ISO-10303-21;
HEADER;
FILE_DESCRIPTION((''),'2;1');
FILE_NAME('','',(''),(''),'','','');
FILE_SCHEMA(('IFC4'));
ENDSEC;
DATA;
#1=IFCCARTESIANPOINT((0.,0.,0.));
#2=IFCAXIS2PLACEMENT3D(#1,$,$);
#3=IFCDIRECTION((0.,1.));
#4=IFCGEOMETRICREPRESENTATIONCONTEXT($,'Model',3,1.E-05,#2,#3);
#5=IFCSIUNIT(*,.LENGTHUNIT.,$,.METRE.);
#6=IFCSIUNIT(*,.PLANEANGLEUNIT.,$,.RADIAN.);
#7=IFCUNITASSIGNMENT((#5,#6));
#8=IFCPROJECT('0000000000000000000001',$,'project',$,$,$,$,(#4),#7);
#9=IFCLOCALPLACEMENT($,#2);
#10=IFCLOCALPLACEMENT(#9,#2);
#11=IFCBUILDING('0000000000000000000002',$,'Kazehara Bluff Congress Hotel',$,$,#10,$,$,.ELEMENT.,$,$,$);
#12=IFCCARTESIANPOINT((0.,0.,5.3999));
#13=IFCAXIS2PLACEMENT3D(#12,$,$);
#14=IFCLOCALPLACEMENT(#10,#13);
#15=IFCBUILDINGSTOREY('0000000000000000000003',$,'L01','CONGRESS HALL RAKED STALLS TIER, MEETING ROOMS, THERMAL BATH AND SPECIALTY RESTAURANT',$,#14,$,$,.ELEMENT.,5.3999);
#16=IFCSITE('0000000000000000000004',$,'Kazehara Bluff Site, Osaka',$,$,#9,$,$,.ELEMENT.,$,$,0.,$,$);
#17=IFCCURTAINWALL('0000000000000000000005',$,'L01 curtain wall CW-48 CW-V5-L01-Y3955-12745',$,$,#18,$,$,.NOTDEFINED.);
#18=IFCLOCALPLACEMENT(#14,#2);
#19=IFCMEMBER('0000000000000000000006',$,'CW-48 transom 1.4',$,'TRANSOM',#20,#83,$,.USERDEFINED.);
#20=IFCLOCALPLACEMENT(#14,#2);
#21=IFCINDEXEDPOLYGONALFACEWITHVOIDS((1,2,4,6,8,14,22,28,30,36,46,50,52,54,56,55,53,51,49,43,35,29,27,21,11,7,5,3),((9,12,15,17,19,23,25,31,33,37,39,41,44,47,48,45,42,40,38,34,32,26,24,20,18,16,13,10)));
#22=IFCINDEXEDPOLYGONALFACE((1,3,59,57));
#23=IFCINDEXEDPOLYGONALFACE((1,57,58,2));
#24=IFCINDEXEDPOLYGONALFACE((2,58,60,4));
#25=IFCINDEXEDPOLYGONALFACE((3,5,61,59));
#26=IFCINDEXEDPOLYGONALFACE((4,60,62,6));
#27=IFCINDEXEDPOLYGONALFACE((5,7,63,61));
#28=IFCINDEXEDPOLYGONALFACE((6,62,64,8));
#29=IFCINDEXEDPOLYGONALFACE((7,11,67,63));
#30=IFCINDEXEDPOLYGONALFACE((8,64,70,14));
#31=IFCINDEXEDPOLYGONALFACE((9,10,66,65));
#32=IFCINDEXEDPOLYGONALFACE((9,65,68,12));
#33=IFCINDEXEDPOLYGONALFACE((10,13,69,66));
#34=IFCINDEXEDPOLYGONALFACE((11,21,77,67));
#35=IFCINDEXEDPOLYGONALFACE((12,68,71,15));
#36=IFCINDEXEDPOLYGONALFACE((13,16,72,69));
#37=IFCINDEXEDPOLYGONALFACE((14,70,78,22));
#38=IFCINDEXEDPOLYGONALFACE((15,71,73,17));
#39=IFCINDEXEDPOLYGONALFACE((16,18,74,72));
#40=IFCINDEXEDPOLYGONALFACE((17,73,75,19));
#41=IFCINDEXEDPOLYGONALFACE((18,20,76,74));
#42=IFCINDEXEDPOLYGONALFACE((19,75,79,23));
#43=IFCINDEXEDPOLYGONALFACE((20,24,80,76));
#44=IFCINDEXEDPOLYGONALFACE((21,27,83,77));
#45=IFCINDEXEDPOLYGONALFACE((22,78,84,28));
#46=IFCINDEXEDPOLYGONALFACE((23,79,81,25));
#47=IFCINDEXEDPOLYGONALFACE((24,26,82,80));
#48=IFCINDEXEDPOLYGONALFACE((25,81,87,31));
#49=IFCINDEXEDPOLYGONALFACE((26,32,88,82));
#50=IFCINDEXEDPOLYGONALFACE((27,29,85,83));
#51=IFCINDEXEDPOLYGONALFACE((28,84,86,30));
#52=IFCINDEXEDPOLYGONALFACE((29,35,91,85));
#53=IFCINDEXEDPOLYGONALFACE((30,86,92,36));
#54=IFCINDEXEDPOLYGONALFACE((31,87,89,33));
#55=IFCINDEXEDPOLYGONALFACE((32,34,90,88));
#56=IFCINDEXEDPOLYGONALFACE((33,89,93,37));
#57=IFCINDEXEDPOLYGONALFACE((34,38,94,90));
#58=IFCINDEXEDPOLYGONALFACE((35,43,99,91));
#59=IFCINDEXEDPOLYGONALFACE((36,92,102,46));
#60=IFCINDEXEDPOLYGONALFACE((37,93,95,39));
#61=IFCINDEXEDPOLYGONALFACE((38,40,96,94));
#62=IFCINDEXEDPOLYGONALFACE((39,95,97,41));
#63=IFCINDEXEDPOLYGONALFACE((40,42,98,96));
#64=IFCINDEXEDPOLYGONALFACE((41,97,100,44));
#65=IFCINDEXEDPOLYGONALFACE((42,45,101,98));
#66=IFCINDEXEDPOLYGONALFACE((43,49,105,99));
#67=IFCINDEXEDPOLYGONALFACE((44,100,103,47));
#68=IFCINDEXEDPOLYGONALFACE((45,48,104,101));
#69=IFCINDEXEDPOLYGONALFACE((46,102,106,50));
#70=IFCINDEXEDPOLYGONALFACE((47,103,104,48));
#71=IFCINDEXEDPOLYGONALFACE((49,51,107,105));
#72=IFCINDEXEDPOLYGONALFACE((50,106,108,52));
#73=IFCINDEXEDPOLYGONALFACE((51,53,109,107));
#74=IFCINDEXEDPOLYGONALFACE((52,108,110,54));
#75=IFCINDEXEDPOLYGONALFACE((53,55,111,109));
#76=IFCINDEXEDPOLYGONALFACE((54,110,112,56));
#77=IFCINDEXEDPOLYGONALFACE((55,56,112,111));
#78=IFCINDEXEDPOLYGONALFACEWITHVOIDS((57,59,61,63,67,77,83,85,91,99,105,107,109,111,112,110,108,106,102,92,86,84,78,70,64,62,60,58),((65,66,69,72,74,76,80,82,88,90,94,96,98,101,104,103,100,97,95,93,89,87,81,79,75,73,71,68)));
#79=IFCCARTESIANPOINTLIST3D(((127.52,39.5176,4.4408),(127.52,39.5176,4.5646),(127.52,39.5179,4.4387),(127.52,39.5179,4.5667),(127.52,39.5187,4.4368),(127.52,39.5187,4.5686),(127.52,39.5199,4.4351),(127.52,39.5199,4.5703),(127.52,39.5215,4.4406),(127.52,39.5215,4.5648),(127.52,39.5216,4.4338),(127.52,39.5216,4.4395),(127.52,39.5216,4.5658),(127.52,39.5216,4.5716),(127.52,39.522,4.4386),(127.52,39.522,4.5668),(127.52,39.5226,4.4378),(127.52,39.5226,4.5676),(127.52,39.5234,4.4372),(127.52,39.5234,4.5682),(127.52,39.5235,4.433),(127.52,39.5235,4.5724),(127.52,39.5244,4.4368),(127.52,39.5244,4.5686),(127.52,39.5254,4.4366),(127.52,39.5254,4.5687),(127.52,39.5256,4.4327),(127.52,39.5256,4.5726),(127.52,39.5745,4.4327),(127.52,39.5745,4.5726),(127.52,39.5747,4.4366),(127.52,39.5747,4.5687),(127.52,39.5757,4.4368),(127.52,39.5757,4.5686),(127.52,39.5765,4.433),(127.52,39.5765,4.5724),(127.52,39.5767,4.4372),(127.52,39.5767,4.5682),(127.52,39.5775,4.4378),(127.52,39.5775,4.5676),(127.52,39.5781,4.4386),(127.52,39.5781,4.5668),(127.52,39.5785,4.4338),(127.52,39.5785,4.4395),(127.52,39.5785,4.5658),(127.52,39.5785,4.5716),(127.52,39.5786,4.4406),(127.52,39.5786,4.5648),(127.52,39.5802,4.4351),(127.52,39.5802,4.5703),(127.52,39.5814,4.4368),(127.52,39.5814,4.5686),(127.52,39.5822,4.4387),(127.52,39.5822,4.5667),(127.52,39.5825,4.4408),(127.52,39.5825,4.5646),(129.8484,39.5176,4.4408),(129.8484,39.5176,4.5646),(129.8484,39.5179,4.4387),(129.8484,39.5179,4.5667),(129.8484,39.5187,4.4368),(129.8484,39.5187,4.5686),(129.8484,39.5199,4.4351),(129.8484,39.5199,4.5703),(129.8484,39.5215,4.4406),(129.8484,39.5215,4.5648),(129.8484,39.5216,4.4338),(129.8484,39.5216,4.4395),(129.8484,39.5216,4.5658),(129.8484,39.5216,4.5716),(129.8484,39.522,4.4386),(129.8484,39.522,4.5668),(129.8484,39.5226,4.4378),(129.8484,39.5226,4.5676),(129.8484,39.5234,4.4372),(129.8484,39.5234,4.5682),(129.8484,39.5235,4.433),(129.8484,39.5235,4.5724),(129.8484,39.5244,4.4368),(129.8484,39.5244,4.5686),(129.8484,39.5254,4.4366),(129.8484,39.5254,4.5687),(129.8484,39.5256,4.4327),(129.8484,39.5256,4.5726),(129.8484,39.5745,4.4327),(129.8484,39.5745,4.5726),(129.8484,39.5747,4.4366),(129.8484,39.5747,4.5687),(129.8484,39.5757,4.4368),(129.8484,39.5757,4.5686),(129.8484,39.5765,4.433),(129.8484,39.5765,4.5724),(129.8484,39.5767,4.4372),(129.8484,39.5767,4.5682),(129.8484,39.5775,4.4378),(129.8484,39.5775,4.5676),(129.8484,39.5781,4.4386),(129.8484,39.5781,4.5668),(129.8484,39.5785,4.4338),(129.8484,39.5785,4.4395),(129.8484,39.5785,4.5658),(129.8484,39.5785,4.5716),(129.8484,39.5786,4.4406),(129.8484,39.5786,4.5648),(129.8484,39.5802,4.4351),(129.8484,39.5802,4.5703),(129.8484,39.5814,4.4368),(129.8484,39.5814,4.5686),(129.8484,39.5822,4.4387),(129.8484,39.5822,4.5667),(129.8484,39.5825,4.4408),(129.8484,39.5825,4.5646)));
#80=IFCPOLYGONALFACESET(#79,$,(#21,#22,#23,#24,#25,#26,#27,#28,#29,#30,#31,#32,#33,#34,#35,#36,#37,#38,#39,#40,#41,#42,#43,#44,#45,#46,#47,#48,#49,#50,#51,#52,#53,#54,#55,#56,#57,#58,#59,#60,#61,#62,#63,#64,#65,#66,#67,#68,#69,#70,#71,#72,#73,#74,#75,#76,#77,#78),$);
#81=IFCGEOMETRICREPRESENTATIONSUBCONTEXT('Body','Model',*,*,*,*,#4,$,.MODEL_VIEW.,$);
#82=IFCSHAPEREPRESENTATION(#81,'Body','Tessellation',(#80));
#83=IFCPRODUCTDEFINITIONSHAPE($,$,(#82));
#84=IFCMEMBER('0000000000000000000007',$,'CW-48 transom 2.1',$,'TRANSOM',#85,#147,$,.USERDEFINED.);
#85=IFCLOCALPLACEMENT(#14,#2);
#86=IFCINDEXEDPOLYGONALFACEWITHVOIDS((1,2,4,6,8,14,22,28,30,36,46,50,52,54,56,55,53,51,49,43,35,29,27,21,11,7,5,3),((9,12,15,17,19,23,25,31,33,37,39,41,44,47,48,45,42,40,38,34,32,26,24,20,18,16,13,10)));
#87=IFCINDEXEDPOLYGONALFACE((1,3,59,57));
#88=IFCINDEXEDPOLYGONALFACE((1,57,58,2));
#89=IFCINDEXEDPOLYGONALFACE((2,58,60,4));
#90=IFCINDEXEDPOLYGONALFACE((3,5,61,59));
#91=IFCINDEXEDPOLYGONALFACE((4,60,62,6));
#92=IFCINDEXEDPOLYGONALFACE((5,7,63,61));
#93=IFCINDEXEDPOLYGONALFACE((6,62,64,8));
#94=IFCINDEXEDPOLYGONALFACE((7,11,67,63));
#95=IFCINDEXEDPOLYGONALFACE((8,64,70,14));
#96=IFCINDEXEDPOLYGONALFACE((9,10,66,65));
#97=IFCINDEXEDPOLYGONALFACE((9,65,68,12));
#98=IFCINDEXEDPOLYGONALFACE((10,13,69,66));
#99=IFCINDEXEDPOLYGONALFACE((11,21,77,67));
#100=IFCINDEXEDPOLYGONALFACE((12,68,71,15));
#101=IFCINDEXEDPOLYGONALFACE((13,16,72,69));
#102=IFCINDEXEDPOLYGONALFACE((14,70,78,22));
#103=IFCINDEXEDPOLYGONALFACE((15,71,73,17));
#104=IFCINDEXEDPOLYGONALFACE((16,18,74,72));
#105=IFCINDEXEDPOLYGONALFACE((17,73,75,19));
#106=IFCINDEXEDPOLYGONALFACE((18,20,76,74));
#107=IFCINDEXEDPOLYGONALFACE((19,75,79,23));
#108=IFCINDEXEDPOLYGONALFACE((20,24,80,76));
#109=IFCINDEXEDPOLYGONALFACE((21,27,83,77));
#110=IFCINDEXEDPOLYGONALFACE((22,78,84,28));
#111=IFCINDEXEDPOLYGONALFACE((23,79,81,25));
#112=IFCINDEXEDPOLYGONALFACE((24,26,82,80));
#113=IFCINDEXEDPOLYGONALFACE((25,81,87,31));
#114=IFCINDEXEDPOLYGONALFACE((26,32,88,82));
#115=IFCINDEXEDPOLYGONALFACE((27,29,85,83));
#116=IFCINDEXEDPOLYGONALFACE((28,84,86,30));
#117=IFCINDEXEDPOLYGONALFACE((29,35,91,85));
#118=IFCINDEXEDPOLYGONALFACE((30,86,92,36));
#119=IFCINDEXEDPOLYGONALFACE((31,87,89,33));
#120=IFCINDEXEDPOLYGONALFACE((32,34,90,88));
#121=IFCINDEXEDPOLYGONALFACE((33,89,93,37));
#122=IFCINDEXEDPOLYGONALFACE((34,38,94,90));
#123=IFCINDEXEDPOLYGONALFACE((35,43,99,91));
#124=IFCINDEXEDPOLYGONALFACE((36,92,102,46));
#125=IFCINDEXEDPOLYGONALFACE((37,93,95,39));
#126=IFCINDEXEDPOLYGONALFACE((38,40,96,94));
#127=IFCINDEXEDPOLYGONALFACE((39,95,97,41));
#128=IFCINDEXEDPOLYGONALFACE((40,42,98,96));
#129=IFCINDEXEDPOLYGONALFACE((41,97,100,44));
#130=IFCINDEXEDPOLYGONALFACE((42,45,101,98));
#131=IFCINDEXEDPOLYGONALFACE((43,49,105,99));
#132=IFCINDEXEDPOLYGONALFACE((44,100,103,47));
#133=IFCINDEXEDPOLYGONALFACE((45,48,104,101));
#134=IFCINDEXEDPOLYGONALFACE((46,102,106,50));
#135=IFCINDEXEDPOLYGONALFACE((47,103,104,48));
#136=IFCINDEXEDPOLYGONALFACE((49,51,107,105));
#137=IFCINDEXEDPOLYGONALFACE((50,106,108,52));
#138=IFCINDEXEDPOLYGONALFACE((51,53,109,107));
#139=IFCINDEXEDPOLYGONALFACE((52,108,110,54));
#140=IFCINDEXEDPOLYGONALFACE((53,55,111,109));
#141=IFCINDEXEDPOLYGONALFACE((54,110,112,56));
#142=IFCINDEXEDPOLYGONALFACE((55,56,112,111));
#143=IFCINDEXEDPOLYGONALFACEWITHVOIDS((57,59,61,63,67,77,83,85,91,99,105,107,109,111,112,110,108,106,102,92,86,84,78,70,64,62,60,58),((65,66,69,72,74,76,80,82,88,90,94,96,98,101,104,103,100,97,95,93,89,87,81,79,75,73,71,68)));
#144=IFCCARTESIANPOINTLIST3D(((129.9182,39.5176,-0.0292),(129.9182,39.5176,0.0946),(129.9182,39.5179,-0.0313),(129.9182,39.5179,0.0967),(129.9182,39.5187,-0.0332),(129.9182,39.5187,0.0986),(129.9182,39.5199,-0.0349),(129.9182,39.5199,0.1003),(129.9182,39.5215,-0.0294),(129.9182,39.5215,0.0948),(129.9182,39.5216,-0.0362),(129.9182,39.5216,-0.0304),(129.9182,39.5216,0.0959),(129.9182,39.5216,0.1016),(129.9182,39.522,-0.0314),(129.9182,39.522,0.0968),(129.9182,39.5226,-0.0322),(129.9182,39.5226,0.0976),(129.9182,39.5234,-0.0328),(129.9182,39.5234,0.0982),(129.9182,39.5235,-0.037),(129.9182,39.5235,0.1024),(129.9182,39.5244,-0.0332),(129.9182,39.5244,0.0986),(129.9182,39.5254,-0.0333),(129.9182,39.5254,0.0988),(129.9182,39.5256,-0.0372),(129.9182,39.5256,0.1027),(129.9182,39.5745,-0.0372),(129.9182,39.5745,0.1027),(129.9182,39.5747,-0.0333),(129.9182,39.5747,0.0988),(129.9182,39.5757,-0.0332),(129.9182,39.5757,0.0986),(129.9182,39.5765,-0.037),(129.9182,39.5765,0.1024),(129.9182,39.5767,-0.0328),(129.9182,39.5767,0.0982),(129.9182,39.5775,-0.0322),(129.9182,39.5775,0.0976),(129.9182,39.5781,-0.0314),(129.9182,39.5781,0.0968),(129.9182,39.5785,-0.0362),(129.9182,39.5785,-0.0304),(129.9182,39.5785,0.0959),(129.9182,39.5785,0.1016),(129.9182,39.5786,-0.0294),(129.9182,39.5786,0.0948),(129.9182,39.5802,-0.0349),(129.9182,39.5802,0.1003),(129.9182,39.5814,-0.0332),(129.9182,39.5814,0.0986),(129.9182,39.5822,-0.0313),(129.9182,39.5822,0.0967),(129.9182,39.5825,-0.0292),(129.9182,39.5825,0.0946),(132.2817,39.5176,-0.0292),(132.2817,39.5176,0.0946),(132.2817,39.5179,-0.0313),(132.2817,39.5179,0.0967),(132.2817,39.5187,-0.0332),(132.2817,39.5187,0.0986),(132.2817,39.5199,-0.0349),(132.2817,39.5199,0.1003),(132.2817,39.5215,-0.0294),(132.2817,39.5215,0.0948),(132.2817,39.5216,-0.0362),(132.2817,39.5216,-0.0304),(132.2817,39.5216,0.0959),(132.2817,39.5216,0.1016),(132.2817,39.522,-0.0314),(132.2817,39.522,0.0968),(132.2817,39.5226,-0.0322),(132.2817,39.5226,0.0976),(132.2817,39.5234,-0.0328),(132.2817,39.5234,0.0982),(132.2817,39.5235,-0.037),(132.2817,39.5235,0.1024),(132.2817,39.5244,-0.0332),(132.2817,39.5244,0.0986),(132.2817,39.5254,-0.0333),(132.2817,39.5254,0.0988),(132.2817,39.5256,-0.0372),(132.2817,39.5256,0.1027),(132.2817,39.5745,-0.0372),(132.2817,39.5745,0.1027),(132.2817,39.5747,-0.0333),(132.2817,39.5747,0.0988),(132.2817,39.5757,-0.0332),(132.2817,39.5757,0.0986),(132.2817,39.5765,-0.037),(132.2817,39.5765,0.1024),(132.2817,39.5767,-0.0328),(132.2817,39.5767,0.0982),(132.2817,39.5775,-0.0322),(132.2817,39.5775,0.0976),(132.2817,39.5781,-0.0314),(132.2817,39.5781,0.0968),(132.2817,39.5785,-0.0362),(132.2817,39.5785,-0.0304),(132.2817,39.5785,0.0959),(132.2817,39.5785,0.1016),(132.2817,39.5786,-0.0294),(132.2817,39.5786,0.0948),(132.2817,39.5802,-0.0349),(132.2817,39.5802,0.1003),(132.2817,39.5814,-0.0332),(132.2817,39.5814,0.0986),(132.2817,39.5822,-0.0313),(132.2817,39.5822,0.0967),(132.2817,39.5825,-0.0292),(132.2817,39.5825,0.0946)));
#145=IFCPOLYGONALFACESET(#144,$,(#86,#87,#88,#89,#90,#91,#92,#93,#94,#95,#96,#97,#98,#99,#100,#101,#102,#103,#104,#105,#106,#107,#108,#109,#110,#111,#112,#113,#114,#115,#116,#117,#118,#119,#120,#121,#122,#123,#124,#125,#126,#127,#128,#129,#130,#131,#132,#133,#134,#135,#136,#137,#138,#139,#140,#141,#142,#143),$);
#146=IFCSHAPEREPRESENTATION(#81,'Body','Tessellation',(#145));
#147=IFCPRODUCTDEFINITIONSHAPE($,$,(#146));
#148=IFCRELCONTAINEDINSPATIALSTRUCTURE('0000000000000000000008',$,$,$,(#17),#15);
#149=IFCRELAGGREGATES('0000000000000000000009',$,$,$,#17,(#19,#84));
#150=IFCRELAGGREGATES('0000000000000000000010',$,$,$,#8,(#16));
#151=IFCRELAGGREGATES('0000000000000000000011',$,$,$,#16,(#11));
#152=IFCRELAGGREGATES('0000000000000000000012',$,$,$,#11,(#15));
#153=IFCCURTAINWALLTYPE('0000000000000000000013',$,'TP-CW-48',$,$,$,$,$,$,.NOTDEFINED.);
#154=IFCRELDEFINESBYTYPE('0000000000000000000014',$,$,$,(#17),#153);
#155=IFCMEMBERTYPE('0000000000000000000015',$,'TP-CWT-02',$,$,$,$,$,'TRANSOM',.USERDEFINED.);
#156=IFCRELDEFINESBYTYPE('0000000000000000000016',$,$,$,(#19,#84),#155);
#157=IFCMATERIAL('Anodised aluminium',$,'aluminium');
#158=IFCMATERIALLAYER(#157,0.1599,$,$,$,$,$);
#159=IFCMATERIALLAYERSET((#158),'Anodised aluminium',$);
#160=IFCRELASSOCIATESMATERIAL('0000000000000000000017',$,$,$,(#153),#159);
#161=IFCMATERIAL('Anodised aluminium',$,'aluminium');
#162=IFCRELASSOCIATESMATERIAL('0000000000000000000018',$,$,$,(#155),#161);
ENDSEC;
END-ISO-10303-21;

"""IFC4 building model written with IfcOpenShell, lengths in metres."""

from ifc_helpers import new_model, si_unit, direction, frame, origin, origin_2d, place, context, subcontext, project, spatial, hollow_rectangle, extrude, material, layer, layer_set, material_profile, profile_set, type_object, element, aggregate, save


model = new_model("IFC4")

# Units and contexts
model_context = context("Model", 3, precision=1e-05, world=origin(), true_north=direction((0.0, 1.0)))
body_context = subcontext(model_context, "Body", "Model", "MODEL_VIEW")
ifc_project = project(units=[si_unit("LENGTHUNIT", "METRE"), si_unit("PLANEANGLEUNIT", "RADIAN")], contexts=[model_context])

# Site, building, storey
site_placement = place(None, origin())
site = spatial("IfcSite", under=ifc_project, at=site_placement, Name="Kazehara Bluff Site, Osaka", CompositionType="ELEMENT", RefElevation=0.0)
building_placement = place(site_placement, origin())
building = spatial("IfcBuilding", under=site, at=building_placement, Name="Kazehara Bluff Congress Hotel", CompositionType="ELEMENT")
storey_placement = place(building_placement, frame((0.0, 0.0, 5.3999)))
storey = spatial("IfcBuildingStorey", under=building, at=storey_placement, Name="L01", Description="CONGRESS HALL RAKED STALLS TIER, MEETING ROOMS, THERMAL BATH AND SPECIALTY RESTAURANT", CompositionType="ELEMENT", Elevation=5.3999)

# Shared definitions
ifc_material_1 = material(Name="Anodised aluminium", Category="aluminium")
ifc_layer_1 = layer(ifc_material_1, 0.1599)
ifc_layer_set_1 = layer_set([ifc_layer_1], Name="Anodised aluminium")
curtain_wall_type_1 = type_object("IfcCurtainWallType", Name="TP-CW-48", PredefinedType="NOTDEFINED", material=ifc_layer_set_1)

# Curtain wall
curtain_wall_1_placement = place(storey_placement, origin())
curtain_wall_1 = element("IfcCurtainWall", 1, at=curtain_wall_1_placement, inside=storey, type_object=curtain_wall_type_1, Name="L01 curtain wall CW-48 CW-V5-L01-Y3955-12745", PredefinedType="NOTDEFINED")
ifc_material_2 = material(Name="Anodised aluminium", Category="aluminium")
ifc_material_profile_1 = material_profile(ifc_material_2, hollow_rectangle(XDim=0.0649, YDim=0.1399, WallThickness=0.0039, InnerFilletRadius=0.0039, OuterFilletRadius=0.0081, at=origin_2d()))
ifc_profile_set_1 = profile_set([ifc_material_profile_1], Name="Anodised aluminium")
member_type_1 = type_object("IfcMemberType", Name="TP-CWT-02", ElementType="TRANSOM", PredefinedType="USERDEFINED", material=ifc_profile_set_1)

# Members
member_1_placement = place(storey_placement, frame((127.52, 39.55, 4.5027), z_axis=(1.0, 0.0, 0.0), x_axis=(0.0, 1.0, 0.0)))
member_1 = element("IfcMember", 2, at=member_1_placement, type_object=member_type_1, Name="CW-48 transom 1.4", ObjectType="TRANSOM", PredefinedType="USERDEFINED", context=body_context, shape_type="SweptSolid", body=[
    extrude(hollow_rectangle(XDim=0.0649, YDim=0.1399, WallThickness=0.0039, InnerFilletRadius=0.0039, OuterFilletRadius=0.0081, at=origin_2d()), origin(), (0.0, 0.0, 1.0), 2.3284),
])
member_2_placement = place(storey_placement, frame((129.9182, 39.55, 0.0327), z_axis=(1.0, 0.0, 0.0), x_axis=(0.0, 1.0, 0.0)))
member_2 = element("IfcMember", 3, at=member_2_placement, type_object=member_type_1, Name="CW-48 transom 2.1", ObjectType="TRANSOM", PredefinedType="USERDEFINED", context=body_context, shape_type="SweptSolid", body=[
    extrude(hollow_rectangle(XDim=0.0649, YDim=0.1399, WallThickness=0.0039, InnerFilletRadius=0.0039, OuterFilletRadius=0.0081, at=origin_2d()), origin(), (0.0, 0.0, 1.0), 2.3635),
])

aggregate(curtain_wall_1, [member_1, member_2])

save(model, "model.ifc")
